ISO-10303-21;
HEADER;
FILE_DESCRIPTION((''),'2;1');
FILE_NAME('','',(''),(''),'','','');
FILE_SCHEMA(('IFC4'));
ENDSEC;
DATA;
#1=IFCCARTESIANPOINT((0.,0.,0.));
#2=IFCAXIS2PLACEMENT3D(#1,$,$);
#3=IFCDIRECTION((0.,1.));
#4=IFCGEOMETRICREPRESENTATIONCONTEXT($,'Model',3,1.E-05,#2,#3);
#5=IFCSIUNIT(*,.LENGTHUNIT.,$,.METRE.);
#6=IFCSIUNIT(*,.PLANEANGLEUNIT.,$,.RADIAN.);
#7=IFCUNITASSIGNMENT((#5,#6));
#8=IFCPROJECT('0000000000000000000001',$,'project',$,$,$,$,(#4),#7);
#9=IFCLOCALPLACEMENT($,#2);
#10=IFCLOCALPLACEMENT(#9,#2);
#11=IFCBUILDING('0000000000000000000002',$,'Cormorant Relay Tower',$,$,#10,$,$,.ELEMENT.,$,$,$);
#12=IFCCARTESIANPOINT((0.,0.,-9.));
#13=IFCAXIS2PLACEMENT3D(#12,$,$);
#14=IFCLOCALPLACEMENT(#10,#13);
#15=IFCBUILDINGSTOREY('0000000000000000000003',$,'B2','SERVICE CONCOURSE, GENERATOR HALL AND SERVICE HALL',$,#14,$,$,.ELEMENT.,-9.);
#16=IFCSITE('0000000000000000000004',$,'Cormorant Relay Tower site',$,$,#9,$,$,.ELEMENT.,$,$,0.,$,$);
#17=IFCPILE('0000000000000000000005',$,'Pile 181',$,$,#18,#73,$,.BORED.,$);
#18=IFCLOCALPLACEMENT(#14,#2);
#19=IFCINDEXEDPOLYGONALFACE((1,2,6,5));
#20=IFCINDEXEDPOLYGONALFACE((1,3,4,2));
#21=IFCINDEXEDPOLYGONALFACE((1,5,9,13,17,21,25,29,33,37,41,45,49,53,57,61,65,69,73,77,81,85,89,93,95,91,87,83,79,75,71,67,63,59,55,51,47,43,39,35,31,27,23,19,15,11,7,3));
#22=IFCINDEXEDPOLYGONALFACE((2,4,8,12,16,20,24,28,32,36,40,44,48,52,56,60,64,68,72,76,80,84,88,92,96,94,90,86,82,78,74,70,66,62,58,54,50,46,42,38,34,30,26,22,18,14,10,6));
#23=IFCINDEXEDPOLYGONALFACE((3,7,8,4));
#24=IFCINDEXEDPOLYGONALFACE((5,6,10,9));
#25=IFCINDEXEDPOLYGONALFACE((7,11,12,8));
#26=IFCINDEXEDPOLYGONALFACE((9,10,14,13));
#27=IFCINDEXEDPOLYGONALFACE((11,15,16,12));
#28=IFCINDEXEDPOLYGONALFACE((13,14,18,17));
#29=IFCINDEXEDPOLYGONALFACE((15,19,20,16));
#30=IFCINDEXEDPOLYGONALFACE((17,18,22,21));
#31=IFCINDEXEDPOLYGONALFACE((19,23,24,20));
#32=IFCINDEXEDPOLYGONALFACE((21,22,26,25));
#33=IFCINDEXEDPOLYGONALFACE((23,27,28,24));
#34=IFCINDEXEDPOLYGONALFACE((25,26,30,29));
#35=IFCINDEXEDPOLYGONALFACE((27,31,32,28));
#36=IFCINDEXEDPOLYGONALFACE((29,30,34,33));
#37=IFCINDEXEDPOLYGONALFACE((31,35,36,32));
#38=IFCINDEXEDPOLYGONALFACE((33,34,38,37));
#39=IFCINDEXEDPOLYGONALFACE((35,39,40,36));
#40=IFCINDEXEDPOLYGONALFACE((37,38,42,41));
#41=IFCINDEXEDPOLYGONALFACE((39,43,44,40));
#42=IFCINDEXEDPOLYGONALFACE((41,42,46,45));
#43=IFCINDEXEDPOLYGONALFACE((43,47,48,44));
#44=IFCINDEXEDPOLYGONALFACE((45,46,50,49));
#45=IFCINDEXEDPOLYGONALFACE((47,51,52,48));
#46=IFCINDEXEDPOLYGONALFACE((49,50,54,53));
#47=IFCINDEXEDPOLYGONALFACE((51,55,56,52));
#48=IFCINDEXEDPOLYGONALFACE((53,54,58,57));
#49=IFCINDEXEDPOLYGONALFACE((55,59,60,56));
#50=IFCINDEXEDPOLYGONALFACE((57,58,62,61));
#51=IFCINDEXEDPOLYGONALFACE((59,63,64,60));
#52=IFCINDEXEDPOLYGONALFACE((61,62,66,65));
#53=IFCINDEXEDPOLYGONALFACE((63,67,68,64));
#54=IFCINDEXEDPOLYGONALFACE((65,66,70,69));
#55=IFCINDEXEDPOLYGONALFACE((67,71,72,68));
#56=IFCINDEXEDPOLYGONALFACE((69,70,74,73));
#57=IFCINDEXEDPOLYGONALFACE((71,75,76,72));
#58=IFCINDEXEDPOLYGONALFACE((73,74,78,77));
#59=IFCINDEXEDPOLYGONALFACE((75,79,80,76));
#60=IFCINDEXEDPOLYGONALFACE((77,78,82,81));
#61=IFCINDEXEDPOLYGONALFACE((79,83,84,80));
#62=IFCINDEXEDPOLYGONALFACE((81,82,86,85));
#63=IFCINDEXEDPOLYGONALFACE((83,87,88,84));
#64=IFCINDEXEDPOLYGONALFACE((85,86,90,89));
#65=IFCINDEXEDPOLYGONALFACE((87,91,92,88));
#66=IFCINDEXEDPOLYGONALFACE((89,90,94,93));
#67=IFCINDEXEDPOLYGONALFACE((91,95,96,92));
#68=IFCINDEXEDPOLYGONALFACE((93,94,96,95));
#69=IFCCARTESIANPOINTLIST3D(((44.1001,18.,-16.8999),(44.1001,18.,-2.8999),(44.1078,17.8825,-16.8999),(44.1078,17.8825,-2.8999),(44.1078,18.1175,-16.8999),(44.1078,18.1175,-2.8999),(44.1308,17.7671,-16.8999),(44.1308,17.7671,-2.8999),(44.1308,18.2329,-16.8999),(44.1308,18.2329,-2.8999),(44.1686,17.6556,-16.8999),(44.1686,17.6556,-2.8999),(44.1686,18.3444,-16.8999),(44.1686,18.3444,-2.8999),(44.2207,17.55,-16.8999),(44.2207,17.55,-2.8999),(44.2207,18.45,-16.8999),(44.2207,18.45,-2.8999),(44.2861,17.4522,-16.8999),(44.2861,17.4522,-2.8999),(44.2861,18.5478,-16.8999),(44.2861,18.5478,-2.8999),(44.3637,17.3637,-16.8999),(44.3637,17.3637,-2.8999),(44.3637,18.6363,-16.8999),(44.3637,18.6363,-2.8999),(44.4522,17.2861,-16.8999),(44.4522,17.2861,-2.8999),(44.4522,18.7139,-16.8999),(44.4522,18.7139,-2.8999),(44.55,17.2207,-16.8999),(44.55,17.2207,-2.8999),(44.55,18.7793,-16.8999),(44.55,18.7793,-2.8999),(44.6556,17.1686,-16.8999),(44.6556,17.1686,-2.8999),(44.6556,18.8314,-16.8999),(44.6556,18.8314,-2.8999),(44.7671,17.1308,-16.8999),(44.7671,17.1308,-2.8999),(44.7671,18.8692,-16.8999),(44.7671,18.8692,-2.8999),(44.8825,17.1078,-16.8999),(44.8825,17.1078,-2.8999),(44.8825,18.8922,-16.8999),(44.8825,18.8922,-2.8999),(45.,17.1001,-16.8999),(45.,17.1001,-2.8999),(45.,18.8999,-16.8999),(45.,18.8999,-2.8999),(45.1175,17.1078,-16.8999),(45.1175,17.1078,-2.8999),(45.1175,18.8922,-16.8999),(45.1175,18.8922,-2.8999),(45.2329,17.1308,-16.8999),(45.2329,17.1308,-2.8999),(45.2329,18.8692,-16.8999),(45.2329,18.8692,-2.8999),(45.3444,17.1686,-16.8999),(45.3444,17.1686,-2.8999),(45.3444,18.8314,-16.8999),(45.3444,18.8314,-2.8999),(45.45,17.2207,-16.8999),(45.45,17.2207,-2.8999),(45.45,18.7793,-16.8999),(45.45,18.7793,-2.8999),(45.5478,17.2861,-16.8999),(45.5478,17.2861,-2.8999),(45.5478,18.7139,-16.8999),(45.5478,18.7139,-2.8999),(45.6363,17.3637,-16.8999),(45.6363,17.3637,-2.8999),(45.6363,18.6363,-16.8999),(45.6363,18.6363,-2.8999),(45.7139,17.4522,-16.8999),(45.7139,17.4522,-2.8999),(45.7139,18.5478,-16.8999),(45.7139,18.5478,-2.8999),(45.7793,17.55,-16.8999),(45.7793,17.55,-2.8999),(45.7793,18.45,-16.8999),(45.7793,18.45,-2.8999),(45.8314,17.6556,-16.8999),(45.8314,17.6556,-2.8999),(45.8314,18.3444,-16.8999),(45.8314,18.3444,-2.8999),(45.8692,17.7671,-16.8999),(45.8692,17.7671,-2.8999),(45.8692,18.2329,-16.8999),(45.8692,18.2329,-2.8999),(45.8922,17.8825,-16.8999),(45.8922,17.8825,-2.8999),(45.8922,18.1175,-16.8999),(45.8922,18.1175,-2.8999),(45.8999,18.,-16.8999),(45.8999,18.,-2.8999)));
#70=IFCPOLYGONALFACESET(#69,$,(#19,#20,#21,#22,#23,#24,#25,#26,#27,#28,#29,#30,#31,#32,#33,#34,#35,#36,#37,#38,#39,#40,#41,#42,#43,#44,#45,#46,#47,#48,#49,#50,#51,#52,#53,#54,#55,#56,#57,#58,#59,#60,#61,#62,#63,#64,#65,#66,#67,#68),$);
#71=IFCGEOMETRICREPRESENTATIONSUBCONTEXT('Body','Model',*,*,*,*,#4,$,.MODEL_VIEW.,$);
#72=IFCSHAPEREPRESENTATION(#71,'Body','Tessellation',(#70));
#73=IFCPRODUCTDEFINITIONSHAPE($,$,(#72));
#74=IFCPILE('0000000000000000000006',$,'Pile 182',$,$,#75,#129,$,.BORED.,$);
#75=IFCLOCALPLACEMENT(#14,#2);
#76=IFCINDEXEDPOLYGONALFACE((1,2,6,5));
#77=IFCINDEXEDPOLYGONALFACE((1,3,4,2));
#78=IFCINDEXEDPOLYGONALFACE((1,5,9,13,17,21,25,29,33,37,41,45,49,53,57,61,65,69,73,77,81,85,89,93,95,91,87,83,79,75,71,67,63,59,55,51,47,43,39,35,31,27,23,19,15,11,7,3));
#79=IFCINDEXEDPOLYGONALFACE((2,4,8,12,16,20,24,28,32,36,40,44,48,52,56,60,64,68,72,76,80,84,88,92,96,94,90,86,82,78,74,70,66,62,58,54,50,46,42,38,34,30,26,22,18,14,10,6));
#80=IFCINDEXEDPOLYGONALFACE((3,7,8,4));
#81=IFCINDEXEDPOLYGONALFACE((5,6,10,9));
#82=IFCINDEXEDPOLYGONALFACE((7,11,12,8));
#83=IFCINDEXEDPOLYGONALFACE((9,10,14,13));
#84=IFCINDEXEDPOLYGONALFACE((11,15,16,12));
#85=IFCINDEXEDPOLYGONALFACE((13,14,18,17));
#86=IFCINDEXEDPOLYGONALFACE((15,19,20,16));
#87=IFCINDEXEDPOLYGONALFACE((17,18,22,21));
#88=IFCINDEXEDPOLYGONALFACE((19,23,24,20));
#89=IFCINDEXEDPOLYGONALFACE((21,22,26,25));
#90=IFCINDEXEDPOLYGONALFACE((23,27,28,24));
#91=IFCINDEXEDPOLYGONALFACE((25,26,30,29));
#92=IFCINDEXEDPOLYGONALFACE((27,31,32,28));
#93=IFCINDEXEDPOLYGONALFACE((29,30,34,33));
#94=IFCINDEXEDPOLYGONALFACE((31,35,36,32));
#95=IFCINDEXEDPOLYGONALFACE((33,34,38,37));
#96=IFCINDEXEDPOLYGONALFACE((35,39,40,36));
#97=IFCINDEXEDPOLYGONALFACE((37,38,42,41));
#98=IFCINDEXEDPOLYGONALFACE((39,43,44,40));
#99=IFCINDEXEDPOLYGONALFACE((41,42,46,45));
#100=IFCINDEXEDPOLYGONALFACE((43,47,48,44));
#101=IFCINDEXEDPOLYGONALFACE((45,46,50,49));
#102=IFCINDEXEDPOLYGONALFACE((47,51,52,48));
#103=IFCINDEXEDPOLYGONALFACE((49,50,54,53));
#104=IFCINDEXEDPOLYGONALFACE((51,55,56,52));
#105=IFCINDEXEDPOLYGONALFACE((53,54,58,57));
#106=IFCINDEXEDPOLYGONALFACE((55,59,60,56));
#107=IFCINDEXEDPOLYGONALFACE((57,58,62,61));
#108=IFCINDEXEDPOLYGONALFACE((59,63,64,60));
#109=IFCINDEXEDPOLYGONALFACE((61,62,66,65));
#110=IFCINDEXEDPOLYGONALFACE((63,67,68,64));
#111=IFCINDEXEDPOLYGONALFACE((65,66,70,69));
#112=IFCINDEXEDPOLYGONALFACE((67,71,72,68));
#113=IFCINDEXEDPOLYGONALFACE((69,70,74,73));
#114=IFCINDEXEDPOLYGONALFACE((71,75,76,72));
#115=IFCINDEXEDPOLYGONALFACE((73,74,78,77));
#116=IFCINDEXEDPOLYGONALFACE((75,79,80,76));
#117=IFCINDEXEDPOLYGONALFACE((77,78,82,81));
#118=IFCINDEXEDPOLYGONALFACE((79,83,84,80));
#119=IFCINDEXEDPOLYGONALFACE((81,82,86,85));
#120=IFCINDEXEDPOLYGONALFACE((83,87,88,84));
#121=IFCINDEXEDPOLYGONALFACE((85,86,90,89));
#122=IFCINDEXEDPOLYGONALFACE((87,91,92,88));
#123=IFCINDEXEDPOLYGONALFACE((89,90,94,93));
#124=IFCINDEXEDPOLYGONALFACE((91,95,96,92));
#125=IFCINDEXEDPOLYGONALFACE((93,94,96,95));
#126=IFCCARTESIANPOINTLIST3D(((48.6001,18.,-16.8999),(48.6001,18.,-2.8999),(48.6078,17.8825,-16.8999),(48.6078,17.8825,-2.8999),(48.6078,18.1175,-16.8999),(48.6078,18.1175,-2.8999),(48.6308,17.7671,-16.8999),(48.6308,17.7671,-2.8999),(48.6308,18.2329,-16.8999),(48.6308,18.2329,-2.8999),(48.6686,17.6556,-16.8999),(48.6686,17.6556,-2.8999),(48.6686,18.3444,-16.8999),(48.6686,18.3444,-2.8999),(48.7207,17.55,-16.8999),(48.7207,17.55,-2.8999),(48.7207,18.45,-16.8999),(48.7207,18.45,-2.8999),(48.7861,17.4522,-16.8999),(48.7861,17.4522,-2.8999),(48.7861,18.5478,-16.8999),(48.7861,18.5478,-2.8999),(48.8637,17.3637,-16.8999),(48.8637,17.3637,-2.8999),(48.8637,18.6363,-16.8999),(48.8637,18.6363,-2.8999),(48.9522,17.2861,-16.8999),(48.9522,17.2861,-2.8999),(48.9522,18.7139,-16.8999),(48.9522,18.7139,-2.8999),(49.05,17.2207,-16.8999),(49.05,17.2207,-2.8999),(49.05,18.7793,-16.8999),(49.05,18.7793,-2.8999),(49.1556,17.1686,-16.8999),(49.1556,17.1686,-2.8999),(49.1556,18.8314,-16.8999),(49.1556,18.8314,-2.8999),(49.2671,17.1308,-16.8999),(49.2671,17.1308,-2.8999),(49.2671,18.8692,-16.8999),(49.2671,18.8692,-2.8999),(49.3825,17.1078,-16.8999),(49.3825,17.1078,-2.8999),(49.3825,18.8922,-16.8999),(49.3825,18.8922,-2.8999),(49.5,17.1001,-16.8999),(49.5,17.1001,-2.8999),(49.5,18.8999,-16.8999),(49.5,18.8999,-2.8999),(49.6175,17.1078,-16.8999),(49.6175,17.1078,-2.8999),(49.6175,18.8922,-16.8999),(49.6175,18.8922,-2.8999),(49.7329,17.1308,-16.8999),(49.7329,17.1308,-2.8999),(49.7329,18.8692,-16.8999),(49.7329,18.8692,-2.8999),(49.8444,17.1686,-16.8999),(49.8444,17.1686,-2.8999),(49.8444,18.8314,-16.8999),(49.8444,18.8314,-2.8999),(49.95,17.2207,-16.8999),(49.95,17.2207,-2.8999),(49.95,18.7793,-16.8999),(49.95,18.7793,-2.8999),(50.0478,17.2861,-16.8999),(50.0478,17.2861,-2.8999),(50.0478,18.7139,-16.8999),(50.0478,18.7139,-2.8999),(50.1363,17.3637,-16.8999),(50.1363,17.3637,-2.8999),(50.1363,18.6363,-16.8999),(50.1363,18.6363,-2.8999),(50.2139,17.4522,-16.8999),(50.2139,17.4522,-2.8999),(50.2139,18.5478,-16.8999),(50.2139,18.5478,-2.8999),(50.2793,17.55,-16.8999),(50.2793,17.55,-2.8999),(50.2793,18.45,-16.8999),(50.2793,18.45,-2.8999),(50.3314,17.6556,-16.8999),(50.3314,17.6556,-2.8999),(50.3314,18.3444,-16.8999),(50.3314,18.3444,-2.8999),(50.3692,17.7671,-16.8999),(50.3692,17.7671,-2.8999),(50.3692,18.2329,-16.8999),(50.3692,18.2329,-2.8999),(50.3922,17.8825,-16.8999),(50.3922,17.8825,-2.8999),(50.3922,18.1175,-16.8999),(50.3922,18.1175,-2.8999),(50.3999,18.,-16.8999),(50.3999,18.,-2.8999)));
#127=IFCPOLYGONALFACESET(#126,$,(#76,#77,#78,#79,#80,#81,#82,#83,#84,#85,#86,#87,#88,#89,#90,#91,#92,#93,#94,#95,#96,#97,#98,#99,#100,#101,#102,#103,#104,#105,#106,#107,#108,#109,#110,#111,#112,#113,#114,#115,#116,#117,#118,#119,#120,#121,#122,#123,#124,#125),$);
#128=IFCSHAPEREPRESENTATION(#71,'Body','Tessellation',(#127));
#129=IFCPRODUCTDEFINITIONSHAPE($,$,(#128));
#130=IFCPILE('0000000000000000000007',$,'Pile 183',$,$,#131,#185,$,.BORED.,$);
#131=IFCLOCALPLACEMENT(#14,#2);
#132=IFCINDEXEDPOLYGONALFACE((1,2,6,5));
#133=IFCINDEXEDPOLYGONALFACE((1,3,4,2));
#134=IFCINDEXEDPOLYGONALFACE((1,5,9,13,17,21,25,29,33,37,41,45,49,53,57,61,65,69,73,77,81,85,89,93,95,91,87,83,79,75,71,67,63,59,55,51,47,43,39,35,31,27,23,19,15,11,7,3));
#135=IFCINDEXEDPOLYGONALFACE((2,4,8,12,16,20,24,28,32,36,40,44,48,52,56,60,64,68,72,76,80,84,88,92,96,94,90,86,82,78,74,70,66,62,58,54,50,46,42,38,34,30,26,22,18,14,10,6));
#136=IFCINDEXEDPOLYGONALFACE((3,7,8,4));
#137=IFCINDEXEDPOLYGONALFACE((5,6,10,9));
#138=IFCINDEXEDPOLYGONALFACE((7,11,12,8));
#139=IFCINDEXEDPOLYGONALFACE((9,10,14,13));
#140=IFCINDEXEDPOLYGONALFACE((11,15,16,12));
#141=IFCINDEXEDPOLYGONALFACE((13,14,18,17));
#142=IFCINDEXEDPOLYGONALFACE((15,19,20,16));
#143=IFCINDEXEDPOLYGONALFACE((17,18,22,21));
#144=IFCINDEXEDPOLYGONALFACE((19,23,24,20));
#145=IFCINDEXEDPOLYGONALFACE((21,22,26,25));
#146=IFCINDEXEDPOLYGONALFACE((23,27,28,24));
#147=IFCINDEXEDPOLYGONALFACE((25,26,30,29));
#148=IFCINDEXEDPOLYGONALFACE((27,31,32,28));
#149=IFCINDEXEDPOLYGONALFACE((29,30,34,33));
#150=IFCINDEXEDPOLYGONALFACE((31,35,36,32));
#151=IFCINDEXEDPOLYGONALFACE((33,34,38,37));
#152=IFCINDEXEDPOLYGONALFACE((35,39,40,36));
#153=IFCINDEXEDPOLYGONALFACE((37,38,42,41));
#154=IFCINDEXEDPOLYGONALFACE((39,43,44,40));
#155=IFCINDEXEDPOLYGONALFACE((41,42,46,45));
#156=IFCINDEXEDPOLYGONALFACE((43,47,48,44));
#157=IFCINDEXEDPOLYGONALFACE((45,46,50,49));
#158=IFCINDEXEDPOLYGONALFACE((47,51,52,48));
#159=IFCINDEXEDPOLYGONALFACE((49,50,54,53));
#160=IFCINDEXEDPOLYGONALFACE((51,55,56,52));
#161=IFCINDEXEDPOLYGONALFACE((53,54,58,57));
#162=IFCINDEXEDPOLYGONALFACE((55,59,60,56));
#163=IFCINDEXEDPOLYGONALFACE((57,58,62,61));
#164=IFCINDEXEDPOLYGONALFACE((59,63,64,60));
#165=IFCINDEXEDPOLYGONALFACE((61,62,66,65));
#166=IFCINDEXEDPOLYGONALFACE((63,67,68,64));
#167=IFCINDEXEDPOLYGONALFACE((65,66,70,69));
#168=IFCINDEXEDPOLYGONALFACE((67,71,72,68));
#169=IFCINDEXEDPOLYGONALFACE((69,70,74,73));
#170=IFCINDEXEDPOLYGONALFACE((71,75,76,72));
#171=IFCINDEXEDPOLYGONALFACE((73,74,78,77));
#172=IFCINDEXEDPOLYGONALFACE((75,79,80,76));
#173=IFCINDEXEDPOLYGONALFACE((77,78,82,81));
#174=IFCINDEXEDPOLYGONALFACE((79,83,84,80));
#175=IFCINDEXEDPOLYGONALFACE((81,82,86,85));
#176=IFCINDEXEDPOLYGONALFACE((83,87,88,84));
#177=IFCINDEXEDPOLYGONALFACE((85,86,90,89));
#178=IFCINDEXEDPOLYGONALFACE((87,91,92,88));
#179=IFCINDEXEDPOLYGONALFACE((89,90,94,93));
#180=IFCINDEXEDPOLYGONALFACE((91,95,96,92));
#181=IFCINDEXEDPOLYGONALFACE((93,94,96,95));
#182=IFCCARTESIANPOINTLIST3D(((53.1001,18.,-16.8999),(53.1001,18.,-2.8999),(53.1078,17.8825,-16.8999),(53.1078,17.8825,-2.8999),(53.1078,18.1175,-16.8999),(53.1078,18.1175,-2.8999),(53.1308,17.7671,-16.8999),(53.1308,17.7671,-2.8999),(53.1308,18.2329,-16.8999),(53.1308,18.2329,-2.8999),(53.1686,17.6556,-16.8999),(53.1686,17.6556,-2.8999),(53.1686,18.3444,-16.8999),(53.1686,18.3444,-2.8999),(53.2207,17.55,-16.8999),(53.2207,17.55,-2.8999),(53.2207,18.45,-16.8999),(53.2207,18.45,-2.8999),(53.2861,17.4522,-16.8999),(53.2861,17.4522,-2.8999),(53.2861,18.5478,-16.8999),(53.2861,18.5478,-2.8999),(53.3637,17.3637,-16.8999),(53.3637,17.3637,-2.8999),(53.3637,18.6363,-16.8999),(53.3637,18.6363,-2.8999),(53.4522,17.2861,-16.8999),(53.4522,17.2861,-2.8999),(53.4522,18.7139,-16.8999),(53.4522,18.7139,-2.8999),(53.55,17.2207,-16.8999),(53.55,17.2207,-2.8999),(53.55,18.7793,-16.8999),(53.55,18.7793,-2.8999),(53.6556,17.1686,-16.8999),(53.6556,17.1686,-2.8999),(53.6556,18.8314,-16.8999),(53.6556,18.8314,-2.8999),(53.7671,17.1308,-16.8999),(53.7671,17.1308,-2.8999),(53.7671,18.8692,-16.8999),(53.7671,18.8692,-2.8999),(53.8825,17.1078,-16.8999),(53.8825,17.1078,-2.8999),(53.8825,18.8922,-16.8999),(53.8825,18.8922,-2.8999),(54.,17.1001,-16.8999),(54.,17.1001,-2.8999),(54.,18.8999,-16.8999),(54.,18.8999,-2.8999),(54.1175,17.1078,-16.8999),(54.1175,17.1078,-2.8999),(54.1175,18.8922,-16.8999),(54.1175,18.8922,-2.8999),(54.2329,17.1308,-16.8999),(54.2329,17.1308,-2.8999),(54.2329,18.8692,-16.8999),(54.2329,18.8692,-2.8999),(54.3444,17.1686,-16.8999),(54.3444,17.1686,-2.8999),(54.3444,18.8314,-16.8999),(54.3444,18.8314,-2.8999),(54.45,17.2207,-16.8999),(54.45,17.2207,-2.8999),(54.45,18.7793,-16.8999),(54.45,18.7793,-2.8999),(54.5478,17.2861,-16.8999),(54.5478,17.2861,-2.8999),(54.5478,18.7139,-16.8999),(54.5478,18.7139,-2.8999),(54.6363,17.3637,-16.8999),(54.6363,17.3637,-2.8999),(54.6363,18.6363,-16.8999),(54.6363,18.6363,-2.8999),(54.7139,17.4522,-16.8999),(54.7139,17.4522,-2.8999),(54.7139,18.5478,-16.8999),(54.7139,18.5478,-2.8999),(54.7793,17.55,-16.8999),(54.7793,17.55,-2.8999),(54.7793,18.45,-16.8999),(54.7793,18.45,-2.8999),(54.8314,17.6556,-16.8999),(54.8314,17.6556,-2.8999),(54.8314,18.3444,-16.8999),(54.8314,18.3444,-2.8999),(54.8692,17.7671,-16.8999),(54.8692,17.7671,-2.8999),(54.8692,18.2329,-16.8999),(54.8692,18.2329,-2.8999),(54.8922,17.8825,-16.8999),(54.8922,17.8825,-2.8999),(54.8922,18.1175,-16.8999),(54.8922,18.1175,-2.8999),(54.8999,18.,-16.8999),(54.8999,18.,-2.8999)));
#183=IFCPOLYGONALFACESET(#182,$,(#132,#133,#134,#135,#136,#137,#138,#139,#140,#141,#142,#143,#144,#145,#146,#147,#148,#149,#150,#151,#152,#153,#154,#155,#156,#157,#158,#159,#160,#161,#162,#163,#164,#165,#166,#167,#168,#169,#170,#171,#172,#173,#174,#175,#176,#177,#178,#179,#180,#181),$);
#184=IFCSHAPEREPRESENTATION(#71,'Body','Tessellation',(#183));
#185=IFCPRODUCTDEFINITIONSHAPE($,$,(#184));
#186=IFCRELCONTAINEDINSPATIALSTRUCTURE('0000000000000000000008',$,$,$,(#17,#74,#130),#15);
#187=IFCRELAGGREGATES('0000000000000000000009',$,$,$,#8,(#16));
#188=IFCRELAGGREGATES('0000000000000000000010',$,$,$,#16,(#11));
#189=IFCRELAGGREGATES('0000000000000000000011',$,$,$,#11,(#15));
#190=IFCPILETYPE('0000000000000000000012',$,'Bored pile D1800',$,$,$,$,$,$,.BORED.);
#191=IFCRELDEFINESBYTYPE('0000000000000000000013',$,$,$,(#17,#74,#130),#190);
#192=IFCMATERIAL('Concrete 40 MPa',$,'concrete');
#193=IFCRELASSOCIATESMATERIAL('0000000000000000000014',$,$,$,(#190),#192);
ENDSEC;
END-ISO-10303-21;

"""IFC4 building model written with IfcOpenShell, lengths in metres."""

from ifc_helpers import new_model, si_unit, direction, frame, origin, origin_2d, place, context, subcontext, project, spatial, circle, extrude, material, material_profile, profile_set, type_object, element, save


model = new_model("IFC4")

# Units and contexts
model_context = context("Model", 3, precision=1e-05, world=origin(), true_north=direction((0.0, 1.0)))
body_context = subcontext(model_context, "Body", "Model", "MODEL_VIEW")
ifc_project = project(units=[si_unit("LENGTHUNIT", "METRE"), si_unit("PLANEANGLEUNIT", "RADIAN")], contexts=[model_context])

# Site, building, storey
site_placement = place(None, origin())
site = spatial("IfcSite", under=ifc_project, at=site_placement, Name="Cormorant Relay Tower site", CompositionType="ELEMENT", RefElevation=0.0)
building_placement = place(site_placement, origin())
building = spatial("IfcBuilding", under=site, at=building_placement, Name="Cormorant Relay Tower", CompositionType="ELEMENT")
storey_placement = place(building_placement, frame((0.0, 0.0, -9.0)))
storey = spatial("IfcBuildingStorey", under=building, at=storey_placement, Name="B2", Description="SERVICE CONCOURSE, GENERATOR HALL AND SERVICE HALL", CompositionType="ELEMENT", Elevation=-9.0)

# Piles
ifc_material_1 = material(Name="Concrete 40 MPa", Category="concrete")
ifc_material_profile_1 = material_profile(ifc_material_1, circle(Radius=0.8999, at=origin_2d()), Name="BP1800")
ifc_profile_set_1 = profile_set([ifc_material_profile_1], Name="Concrete 40 MPa")
pile_type = type_object("IfcPileType", Name="Bored pile D1800", PredefinedType="BORED", material=ifc_profile_set_1)
for number, where, z_axis, x_axis, name in (
    (1, (45.0, 18.0, -2.8999), (0.0, 0.0, -1.0), (1.0, 0.0, 0.0), "Pile 181"),
    (2, (49.5, 18.0, -2.8999), (0.0, 0.0, -1.0), (1.0, 0.0, 0.0), "Pile 182"),
    (3, (54.0, 18.0, -2.8999), (0.0, 0.0, -1.0), (1.0, 0.0, 0.0), "Pile 183"),
):
    element("IfcPile", number, at=place(storey_placement, frame(where, z_axis=z_axis, x_axis=x_axis)), inside=storey, type_object=pile_type, Name=name, PredefinedType="BORED", context=body_context, shape_type="SweptSolid", body=[
        extrude(circle(Radius=0.8999, at=origin_2d()), origin(), (0.0, 0.0, 1.0), 14.0),
    ])

save(model, "model.ifc")
